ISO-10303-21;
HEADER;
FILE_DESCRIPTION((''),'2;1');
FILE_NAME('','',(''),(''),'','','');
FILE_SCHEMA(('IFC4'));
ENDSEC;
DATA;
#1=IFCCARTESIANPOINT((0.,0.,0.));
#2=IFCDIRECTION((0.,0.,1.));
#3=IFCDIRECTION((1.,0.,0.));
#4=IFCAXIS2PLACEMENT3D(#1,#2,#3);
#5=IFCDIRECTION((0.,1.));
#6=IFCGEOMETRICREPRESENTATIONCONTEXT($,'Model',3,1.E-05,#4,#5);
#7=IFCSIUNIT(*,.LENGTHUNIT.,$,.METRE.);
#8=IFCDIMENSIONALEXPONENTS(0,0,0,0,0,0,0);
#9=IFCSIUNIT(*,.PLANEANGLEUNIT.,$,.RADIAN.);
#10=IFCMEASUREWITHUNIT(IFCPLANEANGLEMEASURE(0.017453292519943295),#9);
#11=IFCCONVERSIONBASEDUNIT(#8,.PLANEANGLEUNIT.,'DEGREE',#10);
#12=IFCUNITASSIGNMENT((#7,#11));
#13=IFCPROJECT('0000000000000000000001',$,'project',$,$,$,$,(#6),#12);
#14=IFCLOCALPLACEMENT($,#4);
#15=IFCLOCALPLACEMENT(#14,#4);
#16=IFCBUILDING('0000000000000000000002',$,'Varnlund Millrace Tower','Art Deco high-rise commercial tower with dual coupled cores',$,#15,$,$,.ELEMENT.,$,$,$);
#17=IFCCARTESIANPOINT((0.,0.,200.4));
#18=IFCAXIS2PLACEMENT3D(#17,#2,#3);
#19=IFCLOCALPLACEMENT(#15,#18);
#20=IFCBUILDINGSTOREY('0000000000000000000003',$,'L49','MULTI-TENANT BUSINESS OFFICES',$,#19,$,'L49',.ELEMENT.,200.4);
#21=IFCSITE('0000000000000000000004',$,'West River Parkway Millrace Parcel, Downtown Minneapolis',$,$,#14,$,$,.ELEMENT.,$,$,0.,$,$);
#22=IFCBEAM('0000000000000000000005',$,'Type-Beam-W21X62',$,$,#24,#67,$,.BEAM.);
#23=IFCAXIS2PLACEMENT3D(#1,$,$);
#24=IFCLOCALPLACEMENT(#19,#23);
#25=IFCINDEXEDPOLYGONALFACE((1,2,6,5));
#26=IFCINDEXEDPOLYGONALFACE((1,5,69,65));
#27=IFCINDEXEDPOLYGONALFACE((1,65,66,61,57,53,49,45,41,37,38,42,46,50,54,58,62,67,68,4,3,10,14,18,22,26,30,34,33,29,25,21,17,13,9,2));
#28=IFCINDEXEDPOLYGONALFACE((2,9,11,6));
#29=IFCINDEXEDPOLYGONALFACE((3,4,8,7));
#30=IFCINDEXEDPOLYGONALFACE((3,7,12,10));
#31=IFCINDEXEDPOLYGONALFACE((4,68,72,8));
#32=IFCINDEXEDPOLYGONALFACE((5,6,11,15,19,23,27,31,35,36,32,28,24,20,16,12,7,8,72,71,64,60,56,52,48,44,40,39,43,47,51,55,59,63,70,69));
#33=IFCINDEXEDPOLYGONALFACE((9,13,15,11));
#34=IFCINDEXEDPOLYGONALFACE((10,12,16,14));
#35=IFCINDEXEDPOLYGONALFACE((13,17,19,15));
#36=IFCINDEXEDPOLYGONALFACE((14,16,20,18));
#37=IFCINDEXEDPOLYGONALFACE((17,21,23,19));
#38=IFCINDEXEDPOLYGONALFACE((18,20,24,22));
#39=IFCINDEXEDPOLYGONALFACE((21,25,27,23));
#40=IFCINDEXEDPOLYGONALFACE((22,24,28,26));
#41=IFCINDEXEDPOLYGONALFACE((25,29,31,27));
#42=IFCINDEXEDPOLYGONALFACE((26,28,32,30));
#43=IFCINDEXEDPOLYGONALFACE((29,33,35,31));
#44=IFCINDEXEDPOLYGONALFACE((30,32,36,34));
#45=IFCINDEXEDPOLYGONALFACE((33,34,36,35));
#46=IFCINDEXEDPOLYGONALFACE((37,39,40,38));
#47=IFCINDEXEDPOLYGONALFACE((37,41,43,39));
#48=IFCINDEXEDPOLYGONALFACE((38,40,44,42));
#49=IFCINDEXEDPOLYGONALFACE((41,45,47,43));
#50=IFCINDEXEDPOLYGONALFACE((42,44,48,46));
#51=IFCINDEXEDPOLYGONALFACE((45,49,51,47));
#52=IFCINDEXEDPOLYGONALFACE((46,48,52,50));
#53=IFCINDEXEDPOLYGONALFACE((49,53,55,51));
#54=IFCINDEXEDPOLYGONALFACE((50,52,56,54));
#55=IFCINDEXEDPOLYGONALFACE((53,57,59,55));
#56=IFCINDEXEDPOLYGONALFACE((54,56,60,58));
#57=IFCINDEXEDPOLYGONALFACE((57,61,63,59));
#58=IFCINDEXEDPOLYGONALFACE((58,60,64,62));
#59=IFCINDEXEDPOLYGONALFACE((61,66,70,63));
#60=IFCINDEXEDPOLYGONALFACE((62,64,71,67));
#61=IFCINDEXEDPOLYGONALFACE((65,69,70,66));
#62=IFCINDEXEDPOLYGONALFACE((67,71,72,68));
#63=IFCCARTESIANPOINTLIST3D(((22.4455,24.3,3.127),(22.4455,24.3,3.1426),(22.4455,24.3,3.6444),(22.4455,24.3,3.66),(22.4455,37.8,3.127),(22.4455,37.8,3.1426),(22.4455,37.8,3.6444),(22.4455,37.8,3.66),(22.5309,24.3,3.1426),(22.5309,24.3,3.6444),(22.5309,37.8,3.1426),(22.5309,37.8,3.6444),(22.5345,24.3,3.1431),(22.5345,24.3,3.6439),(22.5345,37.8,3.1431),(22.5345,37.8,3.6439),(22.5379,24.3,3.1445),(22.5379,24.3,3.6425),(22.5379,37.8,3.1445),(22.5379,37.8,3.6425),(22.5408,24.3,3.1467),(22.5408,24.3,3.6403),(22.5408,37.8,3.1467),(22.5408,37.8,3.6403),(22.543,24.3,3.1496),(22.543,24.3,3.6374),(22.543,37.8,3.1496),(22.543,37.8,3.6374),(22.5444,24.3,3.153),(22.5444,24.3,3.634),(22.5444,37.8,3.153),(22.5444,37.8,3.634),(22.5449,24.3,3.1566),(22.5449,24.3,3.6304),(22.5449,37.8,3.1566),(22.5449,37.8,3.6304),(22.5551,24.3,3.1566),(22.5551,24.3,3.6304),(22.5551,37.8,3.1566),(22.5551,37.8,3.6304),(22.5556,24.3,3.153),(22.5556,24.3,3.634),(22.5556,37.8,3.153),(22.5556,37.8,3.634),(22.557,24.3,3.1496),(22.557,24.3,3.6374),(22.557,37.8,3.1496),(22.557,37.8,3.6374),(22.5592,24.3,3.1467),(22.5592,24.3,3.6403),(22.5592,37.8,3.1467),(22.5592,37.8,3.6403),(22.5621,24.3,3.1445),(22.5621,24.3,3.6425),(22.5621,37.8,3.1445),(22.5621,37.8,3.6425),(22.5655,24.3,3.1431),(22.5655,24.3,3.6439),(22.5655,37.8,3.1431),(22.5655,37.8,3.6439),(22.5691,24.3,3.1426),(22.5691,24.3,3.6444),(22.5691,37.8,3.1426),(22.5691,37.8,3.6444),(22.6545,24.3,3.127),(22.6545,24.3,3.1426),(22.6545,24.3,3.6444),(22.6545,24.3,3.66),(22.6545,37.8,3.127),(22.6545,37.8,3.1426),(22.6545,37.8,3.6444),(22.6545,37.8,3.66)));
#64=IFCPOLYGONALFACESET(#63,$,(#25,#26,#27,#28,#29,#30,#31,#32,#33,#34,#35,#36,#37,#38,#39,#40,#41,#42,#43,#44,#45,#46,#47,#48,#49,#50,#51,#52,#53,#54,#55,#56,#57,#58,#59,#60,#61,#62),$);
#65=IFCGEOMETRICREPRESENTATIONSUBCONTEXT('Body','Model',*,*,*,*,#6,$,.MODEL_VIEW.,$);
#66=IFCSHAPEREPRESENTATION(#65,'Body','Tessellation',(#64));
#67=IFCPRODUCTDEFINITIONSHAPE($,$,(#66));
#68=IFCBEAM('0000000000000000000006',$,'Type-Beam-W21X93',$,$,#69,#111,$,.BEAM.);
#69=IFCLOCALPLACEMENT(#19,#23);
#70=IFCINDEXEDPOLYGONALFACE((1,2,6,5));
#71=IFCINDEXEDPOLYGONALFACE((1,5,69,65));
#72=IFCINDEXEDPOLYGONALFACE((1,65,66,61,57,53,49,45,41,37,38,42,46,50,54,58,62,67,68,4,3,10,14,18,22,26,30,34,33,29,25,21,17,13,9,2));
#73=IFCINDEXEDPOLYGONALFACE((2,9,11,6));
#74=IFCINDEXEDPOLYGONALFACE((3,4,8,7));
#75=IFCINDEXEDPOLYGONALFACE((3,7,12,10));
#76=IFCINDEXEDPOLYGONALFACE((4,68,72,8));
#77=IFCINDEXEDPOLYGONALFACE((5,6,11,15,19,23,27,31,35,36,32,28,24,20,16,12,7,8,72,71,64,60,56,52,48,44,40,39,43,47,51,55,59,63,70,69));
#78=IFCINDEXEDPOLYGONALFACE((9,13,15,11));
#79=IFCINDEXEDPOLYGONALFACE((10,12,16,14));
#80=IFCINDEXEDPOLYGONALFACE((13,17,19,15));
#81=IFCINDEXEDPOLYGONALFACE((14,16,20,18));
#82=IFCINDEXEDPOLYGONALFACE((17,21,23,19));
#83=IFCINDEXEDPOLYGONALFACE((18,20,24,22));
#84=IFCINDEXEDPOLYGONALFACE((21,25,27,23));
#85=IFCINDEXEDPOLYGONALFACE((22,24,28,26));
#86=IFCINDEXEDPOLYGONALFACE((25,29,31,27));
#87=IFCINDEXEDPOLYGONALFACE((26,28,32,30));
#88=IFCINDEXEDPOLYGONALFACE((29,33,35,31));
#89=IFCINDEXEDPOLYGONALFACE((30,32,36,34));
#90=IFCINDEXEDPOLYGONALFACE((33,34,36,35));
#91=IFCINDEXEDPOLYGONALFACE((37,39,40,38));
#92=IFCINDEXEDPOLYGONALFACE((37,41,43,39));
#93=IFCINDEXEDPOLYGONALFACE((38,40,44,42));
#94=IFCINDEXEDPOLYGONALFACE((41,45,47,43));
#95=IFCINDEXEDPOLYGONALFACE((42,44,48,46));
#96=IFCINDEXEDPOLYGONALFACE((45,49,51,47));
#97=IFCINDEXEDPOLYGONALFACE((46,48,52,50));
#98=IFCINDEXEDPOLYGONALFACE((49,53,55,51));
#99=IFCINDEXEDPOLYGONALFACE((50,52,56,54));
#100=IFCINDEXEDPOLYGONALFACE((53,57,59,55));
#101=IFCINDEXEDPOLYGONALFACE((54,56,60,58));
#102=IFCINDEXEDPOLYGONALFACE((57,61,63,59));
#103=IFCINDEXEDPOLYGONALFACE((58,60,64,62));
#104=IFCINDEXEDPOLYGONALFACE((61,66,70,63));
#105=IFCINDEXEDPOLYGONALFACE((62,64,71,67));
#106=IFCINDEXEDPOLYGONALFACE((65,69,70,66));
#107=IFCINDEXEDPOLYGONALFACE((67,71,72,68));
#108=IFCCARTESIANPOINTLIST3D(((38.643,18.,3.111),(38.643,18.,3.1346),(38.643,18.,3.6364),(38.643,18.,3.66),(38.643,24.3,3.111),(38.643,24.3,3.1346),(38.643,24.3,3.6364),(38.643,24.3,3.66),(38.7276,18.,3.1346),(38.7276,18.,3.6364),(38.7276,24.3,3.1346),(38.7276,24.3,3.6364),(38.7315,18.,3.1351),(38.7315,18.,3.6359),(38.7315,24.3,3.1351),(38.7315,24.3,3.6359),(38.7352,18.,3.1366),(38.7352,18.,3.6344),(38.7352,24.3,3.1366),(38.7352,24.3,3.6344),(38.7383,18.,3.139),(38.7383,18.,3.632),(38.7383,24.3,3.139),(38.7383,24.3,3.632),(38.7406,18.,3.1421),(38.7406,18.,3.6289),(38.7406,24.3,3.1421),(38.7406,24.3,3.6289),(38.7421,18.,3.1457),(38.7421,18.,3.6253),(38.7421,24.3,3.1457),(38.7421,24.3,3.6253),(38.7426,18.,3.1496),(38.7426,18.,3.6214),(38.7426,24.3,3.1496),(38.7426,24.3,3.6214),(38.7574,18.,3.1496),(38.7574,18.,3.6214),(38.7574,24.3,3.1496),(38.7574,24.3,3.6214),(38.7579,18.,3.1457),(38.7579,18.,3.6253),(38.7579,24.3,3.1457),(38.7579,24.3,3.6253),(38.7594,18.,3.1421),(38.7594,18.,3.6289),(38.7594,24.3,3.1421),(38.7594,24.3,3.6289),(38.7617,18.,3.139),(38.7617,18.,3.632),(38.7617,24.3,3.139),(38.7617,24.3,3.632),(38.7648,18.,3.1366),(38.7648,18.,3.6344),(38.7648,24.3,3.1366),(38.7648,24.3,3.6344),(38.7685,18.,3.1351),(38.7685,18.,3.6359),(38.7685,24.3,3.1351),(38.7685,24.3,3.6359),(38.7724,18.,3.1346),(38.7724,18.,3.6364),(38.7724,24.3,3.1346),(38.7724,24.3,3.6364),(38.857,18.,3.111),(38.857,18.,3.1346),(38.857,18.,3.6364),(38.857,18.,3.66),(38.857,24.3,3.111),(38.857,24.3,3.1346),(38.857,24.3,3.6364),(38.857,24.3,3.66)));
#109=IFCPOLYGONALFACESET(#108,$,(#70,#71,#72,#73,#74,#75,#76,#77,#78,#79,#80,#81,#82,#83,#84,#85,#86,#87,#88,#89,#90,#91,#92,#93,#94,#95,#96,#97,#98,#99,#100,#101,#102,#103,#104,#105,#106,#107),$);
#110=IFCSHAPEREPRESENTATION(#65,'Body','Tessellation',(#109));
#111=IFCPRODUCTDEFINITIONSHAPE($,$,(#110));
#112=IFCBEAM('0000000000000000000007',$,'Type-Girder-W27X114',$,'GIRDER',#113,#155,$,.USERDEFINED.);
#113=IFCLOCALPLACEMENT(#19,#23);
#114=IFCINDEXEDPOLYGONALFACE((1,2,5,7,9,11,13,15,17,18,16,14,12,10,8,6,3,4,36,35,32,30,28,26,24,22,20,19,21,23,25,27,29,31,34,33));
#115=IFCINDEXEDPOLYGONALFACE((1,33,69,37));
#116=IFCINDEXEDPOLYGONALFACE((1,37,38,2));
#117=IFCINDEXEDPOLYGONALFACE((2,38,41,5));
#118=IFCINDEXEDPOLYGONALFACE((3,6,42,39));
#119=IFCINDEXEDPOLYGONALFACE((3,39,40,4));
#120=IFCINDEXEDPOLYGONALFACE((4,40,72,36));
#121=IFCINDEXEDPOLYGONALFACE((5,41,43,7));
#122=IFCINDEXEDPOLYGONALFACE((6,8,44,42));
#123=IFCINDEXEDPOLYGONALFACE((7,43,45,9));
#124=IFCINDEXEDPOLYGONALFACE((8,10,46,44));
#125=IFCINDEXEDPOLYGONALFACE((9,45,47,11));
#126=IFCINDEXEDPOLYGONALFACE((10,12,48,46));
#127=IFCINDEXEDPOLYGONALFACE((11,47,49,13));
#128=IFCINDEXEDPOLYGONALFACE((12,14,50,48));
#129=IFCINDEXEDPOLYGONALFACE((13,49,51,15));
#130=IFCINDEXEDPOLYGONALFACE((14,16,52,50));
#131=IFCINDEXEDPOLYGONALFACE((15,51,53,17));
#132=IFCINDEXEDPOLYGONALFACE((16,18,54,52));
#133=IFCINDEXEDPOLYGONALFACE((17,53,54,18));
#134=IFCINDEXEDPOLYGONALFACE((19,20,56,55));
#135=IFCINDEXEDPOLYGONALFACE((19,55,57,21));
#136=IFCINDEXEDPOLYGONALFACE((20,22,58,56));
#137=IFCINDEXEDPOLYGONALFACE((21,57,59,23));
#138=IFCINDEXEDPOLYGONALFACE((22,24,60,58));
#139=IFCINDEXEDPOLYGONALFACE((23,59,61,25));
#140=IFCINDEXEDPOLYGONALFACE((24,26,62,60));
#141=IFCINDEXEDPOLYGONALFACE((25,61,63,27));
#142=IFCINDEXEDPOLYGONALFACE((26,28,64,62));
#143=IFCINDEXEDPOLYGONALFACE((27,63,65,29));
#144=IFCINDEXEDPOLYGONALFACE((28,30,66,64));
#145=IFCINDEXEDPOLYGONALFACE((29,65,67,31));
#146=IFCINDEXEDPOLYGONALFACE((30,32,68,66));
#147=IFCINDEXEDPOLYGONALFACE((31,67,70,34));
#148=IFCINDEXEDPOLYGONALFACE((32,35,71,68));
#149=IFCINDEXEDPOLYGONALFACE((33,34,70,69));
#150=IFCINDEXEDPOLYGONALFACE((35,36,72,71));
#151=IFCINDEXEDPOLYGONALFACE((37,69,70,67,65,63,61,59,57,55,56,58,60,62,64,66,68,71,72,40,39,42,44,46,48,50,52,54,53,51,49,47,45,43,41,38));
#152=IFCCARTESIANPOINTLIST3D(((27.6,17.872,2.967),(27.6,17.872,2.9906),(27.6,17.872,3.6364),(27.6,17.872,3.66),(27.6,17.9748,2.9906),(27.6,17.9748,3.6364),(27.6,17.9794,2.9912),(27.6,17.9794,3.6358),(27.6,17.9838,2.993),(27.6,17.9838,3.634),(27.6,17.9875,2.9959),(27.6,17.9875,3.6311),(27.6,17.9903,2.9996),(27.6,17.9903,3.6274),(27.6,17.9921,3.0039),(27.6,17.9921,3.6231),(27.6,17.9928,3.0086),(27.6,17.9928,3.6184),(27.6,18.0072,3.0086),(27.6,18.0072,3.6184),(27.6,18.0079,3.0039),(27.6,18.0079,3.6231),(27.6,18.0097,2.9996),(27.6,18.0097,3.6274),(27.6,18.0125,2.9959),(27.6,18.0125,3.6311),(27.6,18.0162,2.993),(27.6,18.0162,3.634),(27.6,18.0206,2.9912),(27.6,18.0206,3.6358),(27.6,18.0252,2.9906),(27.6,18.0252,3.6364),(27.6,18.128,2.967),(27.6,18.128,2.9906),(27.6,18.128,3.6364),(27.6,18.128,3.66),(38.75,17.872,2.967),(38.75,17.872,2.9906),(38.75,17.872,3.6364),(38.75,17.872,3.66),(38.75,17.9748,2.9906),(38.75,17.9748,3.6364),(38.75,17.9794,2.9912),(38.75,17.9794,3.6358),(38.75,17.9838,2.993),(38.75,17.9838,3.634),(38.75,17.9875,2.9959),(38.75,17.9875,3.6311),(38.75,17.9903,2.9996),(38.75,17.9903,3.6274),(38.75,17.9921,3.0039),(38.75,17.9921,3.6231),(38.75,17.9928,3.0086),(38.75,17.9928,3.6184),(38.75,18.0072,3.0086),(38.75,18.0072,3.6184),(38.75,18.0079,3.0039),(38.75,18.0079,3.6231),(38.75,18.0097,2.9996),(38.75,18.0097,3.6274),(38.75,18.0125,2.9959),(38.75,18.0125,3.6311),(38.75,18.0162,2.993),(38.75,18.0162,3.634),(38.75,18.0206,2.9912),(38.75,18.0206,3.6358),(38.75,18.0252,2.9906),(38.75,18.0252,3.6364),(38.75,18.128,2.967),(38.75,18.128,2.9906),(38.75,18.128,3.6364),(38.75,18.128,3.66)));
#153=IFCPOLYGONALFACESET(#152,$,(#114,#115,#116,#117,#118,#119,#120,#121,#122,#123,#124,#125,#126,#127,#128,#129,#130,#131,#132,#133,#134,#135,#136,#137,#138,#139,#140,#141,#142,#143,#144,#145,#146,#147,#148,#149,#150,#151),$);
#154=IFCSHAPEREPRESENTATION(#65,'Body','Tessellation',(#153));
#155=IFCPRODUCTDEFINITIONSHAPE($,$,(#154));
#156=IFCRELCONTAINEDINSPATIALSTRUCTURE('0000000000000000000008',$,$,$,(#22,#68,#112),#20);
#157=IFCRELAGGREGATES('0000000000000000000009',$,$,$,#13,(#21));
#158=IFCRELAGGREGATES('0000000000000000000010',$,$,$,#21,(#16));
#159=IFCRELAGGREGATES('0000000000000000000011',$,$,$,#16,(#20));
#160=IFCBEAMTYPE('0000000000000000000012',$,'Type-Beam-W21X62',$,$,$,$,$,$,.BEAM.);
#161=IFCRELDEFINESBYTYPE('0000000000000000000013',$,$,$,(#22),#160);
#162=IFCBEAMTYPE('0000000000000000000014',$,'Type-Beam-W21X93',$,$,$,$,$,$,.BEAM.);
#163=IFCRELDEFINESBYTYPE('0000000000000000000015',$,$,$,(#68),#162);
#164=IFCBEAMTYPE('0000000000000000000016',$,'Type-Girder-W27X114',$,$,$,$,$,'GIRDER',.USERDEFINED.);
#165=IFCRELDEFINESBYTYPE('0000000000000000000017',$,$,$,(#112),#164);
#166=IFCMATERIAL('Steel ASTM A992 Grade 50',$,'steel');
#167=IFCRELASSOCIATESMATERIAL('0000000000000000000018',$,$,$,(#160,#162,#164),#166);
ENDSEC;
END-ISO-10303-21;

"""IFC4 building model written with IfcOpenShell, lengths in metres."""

from ifc_helpers import new_model, entity, si_unit, converted_unit, direction, frame, origin_with_axes, origin_2d_with_axis, place, context, subcontext, project, spatial, i_section, extrude, material, material_profile, profile_set, type_object, element, save


model = new_model("IFC4")

# Units and contexts
model_context = context("Model", 3, precision=1e-05, world=origin_with_axes(), true_north=direction((0.0, 1.0)))
body_context = subcontext(model_context, "Body", "Model", "MODEL_VIEW")
ifc_project = project(units=[si_unit("LENGTHUNIT", "METRE"), converted_unit("PLANEANGLEUNIT", "DEGREE", entity("IfcPlaneAngleMeasure", 0.017453292519943295), si_unit("PLANEANGLEUNIT", "RADIAN"), dimensions=[0, 0, 0, 0, 0, 0, 0])], contexts=[model_context])

# Site, building, storey
site_placement = place(None, origin_with_axes())
site = spatial("IfcSite", under=ifc_project, at=site_placement, Name="West River Parkway Millrace Parcel, Downtown Minneapolis", CompositionType="ELEMENT", RefElevation=0.0)
building_placement = place(site_placement, origin_with_axes())
building = spatial("IfcBuilding", under=site, at=building_placement, Name="Varnlund Millrace Tower", Description="Art Deco high-rise commercial tower with dual coupled cores", CompositionType="ELEMENT")
storey_placement = place(building_placement, frame((0.0, 0.0, 200.4), z_axis=(0.0, 0.0, 1.0), x_axis=(1.0, 0.0, 0.0)))
storey = spatial("IfcBuildingStorey", under=building, at=storey_placement, Name="L49", Description="MULTI-TENANT BUSINESS OFFICES", LongName="L49", CompositionType="ELEMENT", Elevation=200.4)

# Beams
ifc_material_1 = material(Name="Steel ASTM A992 Grade 50", Category="steel")
ifc_material_profile_1 = material_profile(ifc_material_1, i_section(OverallWidth=0.209, OverallDepth=0.533, WebThickness=0.0102, FlangeThickness=0.0156, FilletRadius=0.014, at=origin_2d_with_axis()), Name="Steel ASTM A992 Grade 50")
ifc_profile_set_1 = profile_set([ifc_material_profile_1], Name="Steel ASTM A992 Grade 50")
beam_type_1 = type_object("IfcBeamType", Name="Type-Beam-W21X62", PredefinedType="BEAM", material=ifc_profile_set_1)
beam_1_placement = place(storey_placement, frame((22.55, 24.3, 3.3935), z_axis=(0.0, 1.0, 0.0), x_axis=(-1.0, 0.0, 0.0)))
element("IfcBeam", 1, at=beam_1_placement, inside=storey, type_object=beam_type_1, Name="Type-Beam-W21X62", PredefinedType="BEAM", context=body_context, shape_type="SweptSolid", body=[
    extrude(i_section(OverallWidth=0.209, OverallDepth=0.533, WebThickness=0.0102, FlangeThickness=0.0156, FilletRadius=0.014, at=origin_2d_with_axis()), origin_with_axes(), (0.0, 0.0, 1.0), 13.5),
])
ifc_material_profile_2 = material_profile(ifc_material_1, i_section(OverallWidth=0.214, OverallDepth=0.549, WebThickness=0.0147, FlangeThickness=0.0236, FilletRadius=0.015, at=origin_2d_with_axis()), Name="Steel ASTM A992 Grade 50")
ifc_profile_set_2 = profile_set([ifc_material_profile_2], Name="Steel ASTM A992 Grade 50")
beam_type_2 = type_object("IfcBeamType", Name="Type-Beam-W21X93", PredefinedType="BEAM", material=ifc_profile_set_2)
beam_2_placement = place(storey_placement, frame((38.75, 18.0, 3.3855), z_axis=(0.0, 1.0, 0.0), x_axis=(-1.0, 0.0, 0.0)))
element("IfcBeam", 2, at=beam_2_placement, inside=storey, type_object=beam_type_2, Name="Type-Beam-W21X93", PredefinedType="BEAM", context=body_context, shape_type="SweptSolid", body=[
    extrude(i_section(OverallWidth=0.214, OverallDepth=0.549, WebThickness=0.0147, FlangeThickness=0.0236, FilletRadius=0.015, at=origin_2d_with_axis()), origin_with_axes(), (0.0, 0.0, 1.0), 6.3),
])
ifc_material_profile_3 = material_profile(ifc_material_1, i_section(OverallWidth=0.256, OverallDepth=0.693, WebThickness=0.0145, FlangeThickness=0.0236, FilletRadius=0.018, at=origin_2d_with_axis()), Name="Steel ASTM A992 Grade 50")
ifc_profile_set_3 = profile_set([ifc_material_profile_3], Name="Steel ASTM A992 Grade 50")
beam_type_3 = type_object("IfcBeamType", Name="Type-Girder-W27X114", ElementType="GIRDER", PredefinedType="USERDEFINED", material=ifc_profile_set_3)
beam_3_placement = place(storey_placement, frame((27.6, 18.0, 3.3135), z_axis=(1.0, 0.0, 0.0), x_axis=(0.0, 1.0, 0.0)))
element("IfcBeam", 3, at=beam_3_placement, inside=storey, type_object=beam_type_3, Name="Type-Girder-W27X114", ObjectType="GIRDER", PredefinedType="USERDEFINED", context=body_context, shape_type="SweptSolid", body=[
    extrude(i_section(OverallWidth=0.256, OverallDepth=0.693, WebThickness=0.0145, FlangeThickness=0.0236, FilletRadius=0.018, at=origin_2d_with_axis()), origin_with_axes(), (0.0, 0.0, 1.0), 11.15),
])

save(model, "model.ifc")
